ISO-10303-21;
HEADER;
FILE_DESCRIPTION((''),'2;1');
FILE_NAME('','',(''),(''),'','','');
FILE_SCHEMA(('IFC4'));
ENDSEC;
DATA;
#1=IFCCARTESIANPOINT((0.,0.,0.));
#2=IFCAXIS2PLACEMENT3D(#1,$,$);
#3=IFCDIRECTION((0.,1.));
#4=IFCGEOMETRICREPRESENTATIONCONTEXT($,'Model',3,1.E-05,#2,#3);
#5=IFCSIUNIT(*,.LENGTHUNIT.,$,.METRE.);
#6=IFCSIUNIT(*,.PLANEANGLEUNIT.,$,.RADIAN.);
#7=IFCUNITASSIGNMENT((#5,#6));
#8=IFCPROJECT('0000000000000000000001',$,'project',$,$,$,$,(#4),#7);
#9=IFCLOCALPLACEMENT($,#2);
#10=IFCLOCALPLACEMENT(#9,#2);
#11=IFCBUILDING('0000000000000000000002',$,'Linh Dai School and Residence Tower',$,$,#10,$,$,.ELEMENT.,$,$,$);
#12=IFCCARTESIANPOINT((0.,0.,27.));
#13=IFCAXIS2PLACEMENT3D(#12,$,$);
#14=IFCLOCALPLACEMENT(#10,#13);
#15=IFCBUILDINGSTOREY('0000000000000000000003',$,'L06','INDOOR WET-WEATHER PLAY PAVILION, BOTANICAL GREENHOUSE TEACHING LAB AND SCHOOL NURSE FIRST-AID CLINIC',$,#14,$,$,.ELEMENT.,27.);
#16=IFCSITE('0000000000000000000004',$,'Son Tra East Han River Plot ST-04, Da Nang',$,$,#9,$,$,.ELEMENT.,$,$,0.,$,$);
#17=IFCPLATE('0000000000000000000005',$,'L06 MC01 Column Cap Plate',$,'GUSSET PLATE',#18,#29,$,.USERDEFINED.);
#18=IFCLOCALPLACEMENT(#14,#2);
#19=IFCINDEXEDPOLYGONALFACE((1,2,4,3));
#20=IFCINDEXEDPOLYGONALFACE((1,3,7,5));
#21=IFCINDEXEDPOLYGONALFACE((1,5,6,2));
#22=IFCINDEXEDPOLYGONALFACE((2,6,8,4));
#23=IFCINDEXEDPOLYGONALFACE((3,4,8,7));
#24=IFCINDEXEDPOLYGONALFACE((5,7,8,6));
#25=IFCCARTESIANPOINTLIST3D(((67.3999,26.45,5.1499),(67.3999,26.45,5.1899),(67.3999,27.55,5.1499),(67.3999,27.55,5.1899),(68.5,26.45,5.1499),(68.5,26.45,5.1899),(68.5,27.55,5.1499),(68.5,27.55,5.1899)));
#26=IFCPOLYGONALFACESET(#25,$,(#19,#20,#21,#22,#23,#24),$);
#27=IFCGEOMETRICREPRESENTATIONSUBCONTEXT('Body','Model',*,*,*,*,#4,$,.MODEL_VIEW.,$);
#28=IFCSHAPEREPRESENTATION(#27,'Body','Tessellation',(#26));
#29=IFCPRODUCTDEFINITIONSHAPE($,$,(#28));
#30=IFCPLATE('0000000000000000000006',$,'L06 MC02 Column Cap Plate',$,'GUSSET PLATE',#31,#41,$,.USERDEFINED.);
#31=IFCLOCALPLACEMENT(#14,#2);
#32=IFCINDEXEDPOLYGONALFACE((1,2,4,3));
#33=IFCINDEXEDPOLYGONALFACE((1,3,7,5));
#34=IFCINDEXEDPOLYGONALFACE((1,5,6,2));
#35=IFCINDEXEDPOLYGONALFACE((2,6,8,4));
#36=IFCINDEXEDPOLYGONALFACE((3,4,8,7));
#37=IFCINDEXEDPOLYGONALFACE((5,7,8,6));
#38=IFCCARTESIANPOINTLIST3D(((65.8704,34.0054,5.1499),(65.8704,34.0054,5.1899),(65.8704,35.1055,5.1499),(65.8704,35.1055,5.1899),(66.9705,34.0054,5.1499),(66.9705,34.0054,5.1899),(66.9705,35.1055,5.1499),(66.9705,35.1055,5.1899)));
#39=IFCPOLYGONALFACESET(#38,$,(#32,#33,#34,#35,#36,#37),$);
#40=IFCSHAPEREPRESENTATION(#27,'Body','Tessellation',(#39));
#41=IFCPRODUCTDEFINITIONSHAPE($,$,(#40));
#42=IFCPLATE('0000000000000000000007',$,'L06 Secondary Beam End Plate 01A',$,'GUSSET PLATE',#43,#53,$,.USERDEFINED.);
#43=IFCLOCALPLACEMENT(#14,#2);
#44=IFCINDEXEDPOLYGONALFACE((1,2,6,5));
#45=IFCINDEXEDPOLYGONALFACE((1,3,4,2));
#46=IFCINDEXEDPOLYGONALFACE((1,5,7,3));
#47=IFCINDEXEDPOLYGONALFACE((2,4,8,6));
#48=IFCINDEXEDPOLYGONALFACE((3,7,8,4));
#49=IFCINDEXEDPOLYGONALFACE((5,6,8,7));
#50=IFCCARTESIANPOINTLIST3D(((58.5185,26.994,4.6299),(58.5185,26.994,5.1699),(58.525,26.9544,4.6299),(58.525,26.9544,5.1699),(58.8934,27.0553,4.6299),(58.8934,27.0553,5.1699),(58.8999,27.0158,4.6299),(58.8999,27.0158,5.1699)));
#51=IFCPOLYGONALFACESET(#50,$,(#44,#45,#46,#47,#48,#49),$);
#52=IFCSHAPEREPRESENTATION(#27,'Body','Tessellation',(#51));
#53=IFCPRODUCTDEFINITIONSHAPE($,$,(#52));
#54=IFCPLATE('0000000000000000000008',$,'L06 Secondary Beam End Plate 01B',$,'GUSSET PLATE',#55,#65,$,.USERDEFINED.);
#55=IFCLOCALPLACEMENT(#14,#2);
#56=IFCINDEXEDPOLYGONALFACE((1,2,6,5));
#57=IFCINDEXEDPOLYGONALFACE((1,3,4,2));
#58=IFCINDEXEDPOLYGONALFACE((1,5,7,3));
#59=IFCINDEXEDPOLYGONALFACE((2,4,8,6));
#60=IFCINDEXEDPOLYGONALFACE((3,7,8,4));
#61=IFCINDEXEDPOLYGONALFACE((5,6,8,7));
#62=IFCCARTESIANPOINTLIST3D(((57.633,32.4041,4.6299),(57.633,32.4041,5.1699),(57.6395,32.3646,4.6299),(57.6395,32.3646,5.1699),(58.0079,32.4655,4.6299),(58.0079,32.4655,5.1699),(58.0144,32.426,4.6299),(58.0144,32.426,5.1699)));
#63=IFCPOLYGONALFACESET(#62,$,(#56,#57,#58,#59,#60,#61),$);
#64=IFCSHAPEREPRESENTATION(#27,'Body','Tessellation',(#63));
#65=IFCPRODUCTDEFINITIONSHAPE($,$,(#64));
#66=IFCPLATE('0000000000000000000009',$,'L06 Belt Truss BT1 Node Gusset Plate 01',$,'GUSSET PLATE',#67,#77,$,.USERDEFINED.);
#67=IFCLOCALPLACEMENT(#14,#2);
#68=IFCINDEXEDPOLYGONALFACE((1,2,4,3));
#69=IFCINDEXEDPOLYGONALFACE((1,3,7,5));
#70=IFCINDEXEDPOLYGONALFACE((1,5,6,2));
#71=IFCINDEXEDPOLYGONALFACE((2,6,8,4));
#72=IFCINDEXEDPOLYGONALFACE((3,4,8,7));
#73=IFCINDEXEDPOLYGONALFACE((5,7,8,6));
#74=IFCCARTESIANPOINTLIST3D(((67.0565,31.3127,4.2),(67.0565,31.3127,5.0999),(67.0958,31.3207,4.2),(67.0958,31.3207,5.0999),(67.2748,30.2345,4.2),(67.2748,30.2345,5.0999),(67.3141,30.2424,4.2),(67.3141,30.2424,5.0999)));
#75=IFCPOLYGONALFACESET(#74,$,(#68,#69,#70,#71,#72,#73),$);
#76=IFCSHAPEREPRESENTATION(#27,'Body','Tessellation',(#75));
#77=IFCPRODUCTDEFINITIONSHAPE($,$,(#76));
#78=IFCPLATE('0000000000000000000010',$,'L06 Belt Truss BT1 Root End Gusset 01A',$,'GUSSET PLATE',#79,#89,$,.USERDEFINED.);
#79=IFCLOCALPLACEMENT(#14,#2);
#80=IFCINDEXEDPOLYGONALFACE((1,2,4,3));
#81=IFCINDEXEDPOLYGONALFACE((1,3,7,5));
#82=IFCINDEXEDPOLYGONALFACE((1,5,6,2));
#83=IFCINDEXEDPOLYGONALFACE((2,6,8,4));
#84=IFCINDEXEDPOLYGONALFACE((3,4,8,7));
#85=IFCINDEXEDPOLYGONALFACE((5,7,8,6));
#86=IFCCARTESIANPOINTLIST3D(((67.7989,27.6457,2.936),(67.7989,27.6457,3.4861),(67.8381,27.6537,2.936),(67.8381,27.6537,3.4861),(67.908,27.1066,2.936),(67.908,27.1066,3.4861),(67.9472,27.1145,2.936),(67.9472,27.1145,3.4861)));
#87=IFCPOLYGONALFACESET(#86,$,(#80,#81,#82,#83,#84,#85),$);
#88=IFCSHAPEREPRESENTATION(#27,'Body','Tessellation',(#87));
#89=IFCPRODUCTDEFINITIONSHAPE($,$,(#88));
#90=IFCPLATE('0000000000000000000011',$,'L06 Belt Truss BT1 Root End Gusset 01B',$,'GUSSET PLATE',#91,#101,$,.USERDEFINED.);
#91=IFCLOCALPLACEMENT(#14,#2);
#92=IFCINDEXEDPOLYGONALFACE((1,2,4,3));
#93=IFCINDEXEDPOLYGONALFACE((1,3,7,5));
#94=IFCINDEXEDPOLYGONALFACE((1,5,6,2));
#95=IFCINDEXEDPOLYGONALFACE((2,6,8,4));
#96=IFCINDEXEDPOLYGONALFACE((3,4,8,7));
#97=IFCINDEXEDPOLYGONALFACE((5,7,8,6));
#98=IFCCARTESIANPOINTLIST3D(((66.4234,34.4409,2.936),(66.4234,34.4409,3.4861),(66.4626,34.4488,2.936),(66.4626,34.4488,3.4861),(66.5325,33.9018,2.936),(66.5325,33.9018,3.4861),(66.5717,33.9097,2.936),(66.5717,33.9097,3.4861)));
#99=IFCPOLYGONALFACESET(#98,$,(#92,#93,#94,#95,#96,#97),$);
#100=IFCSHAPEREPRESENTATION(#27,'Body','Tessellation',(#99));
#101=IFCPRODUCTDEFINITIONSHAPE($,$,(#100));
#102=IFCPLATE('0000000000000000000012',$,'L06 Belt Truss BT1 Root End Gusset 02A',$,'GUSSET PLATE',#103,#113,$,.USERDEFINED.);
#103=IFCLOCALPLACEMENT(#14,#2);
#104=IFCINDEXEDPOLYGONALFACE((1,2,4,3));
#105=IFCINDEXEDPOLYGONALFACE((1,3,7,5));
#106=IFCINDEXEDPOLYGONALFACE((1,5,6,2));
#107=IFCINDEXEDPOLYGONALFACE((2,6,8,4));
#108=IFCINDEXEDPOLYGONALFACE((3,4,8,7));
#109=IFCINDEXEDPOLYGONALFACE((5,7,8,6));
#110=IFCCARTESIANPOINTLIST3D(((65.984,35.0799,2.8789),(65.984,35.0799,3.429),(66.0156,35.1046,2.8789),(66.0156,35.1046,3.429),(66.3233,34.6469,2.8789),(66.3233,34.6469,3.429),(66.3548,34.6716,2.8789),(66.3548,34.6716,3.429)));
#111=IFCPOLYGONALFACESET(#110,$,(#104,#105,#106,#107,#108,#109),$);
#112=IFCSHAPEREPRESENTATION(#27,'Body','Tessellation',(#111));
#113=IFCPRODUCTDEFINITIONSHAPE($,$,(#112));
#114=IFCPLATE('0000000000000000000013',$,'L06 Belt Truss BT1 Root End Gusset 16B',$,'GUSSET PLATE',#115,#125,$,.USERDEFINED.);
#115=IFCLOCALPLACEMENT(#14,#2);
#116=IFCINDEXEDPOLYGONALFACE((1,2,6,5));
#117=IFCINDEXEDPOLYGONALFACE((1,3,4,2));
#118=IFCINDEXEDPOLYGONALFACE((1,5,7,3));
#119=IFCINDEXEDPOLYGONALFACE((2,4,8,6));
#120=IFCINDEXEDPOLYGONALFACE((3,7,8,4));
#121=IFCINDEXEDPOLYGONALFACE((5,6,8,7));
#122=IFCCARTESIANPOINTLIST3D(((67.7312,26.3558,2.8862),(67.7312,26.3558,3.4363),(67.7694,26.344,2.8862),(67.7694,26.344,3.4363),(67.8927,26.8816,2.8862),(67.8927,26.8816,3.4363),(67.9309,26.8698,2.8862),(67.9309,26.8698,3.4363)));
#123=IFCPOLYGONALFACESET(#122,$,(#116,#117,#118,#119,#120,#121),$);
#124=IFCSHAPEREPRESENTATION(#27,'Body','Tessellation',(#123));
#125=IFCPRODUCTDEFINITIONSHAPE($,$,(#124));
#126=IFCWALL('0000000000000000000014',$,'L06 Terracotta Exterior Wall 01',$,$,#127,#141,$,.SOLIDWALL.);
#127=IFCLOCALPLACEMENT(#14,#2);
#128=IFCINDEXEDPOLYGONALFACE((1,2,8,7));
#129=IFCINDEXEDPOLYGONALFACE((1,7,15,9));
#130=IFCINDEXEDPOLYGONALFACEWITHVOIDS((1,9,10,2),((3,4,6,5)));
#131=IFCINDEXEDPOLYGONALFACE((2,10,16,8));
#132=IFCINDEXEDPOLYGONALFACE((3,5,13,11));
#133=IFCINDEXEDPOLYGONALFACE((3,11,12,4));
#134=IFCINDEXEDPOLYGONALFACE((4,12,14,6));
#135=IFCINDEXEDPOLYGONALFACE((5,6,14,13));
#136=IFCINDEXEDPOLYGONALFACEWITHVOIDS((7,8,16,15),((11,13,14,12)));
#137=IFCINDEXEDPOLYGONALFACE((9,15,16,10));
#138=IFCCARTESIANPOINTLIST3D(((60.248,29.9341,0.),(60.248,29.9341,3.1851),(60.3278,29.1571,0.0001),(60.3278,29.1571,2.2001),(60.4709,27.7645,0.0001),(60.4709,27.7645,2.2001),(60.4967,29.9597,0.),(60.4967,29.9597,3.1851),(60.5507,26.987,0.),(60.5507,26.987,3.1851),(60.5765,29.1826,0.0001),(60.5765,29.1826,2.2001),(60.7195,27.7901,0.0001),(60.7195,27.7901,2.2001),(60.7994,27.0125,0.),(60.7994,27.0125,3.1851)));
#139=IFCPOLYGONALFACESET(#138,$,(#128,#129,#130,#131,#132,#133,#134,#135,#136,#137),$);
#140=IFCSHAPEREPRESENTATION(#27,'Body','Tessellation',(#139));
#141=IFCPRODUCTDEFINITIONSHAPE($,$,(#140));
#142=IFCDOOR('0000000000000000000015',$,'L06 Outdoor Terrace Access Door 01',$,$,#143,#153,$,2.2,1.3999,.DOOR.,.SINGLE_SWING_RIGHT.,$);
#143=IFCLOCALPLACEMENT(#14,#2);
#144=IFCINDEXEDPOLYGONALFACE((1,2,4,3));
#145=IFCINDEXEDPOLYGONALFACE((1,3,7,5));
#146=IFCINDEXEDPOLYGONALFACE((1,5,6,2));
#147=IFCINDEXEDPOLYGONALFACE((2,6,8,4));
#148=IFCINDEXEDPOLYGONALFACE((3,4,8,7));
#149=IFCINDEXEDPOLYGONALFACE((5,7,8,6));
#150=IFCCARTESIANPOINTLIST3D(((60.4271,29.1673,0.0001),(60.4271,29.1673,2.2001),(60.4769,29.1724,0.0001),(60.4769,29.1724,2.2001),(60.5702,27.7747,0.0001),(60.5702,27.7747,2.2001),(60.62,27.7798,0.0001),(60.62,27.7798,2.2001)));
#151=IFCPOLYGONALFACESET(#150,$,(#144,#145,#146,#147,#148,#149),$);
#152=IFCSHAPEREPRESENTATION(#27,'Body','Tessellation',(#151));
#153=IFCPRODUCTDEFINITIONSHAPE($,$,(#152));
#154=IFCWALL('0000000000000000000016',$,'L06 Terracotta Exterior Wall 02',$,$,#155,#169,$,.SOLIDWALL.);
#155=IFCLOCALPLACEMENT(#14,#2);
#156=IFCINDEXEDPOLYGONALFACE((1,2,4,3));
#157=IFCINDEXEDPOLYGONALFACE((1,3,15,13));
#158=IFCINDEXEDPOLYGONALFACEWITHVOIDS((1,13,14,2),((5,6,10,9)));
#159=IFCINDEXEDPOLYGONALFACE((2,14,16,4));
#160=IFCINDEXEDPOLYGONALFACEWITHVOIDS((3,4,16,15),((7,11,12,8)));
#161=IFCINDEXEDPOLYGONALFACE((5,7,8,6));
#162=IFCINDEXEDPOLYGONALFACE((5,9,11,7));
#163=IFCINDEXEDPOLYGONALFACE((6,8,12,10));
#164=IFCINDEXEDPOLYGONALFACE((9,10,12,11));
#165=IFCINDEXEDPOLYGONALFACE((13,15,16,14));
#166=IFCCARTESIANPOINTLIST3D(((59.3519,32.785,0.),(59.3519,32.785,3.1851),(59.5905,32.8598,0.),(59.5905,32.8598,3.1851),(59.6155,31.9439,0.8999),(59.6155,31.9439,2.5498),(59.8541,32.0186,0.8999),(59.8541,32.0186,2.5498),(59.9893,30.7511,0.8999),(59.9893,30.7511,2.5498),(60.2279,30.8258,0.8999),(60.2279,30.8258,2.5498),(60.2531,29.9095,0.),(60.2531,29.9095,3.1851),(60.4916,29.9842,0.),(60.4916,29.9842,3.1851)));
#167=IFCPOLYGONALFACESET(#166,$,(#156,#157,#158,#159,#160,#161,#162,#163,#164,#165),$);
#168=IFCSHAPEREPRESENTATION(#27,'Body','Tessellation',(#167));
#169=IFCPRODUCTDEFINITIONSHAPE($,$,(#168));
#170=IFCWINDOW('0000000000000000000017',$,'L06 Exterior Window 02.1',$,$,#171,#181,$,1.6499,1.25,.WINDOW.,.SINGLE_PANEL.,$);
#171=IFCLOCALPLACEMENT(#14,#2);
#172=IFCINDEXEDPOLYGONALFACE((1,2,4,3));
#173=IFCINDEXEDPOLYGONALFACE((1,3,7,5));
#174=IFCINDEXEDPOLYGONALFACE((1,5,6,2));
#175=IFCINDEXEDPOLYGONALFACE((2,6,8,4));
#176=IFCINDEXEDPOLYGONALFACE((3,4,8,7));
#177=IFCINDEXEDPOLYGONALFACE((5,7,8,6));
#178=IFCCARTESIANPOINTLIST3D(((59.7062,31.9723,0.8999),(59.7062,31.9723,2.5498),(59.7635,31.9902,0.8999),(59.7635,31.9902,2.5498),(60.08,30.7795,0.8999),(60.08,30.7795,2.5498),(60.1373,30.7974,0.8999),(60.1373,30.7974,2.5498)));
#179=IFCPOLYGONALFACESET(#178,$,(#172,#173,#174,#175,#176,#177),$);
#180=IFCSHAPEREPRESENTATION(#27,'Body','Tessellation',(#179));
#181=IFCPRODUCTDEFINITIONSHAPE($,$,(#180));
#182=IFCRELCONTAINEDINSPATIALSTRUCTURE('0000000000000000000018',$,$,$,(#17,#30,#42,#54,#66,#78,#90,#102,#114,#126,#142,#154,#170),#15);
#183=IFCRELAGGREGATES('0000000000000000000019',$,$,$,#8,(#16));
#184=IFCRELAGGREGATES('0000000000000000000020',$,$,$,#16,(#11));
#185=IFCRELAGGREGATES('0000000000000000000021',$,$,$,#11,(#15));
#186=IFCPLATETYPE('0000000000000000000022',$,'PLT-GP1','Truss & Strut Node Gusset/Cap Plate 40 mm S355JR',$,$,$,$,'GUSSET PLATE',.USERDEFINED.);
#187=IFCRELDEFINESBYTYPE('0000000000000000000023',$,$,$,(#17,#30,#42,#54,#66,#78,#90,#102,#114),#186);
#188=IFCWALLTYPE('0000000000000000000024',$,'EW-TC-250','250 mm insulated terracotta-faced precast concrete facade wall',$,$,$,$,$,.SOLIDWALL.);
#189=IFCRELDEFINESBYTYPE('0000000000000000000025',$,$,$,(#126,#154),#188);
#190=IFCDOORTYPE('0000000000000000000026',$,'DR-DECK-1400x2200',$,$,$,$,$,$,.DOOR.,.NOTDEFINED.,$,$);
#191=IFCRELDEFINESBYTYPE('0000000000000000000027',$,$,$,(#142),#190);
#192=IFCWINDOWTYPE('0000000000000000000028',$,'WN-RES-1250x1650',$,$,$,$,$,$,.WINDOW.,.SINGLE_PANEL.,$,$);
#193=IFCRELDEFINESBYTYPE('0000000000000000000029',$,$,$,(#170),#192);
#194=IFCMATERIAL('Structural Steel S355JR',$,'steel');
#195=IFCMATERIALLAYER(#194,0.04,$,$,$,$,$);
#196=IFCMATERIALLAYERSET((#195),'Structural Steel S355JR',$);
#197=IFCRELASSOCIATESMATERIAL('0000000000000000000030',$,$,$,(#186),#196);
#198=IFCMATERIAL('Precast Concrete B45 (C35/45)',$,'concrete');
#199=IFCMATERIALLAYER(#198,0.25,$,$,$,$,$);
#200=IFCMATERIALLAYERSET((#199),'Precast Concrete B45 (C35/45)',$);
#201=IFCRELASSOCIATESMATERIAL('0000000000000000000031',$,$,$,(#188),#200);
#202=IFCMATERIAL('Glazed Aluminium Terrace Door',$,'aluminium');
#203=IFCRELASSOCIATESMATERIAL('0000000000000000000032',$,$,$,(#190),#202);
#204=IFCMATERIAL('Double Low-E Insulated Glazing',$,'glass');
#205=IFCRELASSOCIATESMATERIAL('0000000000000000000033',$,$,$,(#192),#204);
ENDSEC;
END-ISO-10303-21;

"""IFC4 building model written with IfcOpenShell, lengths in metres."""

from ifc_helpers import new_model, si_unit, direction, frame, frame_2d, origin, origin_2d, place, context, subcontext, project, spatial, rectangle, extrude, source, transform, mapped, material, layer, layer_set, type_object, element, fill, save


model = new_model("IFC4")

# Units and contexts
model_context = context("Model", 3, precision=1e-05, world=origin(), true_north=direction((0.0, 1.0)))
body_context = subcontext(model_context, "Body", "Model", "MODEL_VIEW")
ifc_project = project(units=[si_unit("LENGTHUNIT", "METRE"), si_unit("PLANEANGLEUNIT", "RADIAN")], contexts=[model_context])

# Site, building, storey
site_placement = place(None, origin())
site = spatial("IfcSite", under=ifc_project, at=site_placement, Name="Son Tra East Han River Plot ST-04, Da Nang", CompositionType="ELEMENT", RefElevation=0.0)
building_placement = place(site_placement, origin())
building = spatial("IfcBuilding", under=site, at=building_placement, Name="Linh Dai School and Residence Tower", CompositionType="ELEMENT")
storey_placement = place(building_placement, frame((0.0, 0.0, 27.0)))
storey = spatial("IfcBuildingStorey", under=building, at=storey_placement, Name="L06", Description="INDOOR WET-WEATHER PLAY PAVILION, BOTANICAL GREENHOUSE TEACHING LAB AND SCHOOL NURSE FIRST-AID CLINIC", CompositionType="ELEMENT", Elevation=27.0)

# Shared definitions
ifc_material_1 = material(Name="Structural Steel S355JR", Category="steel")

# Plates
ifc_layer_1 = layer(ifc_material_1, 0.04)
ifc_layer_set_1 = layer_set([ifc_layer_1], Name="Structural Steel S355JR")
plate_type = type_object("IfcPlateType", Name="PLT-GP1", Description="Truss & Strut Node Gusset/Cap Plate 40 mm S355JR", ElementType="GUSSET PLATE", PredefinedType="USERDEFINED", material=ifc_layer_set_1)
shared_shape_1 = source(origin(), body_context, "Body", "SweptSolid", [
    extrude(rectangle(XDim=1.1001, YDim=1.1001, at=origin_2d()), origin(), (0.0, 0.0, 1.0), 0.04),
])
for number, where, z_axis, x_axis, name in (
    (1, (67.95, 27.0, 5.1499), (0.0, 0.0, 1.0), (1.0, 0.0, 0.0), "L06 MC01 Column Cap Plate"),
    (2, (66.4204, 34.5554, 5.1499), (0.0, 0.0, 1.0), (1.0, 0.0, 0.0), "L06 MC02 Column Cap Plate"),
):
    element("IfcPlate", number, at=place(storey_placement, frame(where, z_axis=z_axis, x_axis=x_axis)), inside=storey, type_object=plate_type, Name=name, ObjectType="GUSSET PLATE", PredefinedType="USERDEFINED", context=body_context, shape_type="MappedRepresentation", body=[
        mapped(shared_shape_1, transform((0.0, 0.0, 0.0), x_axis=(1.0, 0.0, 0.0), y_axis=(0.0, 1.0, 0.0), z_axis=(0.0, 0.0, 1.0), scale=1.0)),
    ])
shared_shape_2 = source(origin(), body_context, "Body", "SweptSolid", [
    extrude(rectangle(XDim=0.04, YDim=0.3799, at=origin_2d()), origin(), (0.0, 0.0, 1.0), 0.54),
])
for number, where, z_axis, x_axis, name in (
    (3, (58.7092, 27.0049, 4.6299), (0.0, 0.0, 1.0), (-0.161522, 0.986869, 0.0), "L06 Secondary Beam End Plate 01A"),
    (4, (57.8237, 32.415, 4.6299), (0.0, 0.0, 1.0), (-0.161522, 0.986869, 0.0), "L06 Secondary Beam End Plate 01B"),
):
    element("IfcPlate", number, at=place(storey_placement, frame(where, z_axis=z_axis, x_axis=x_axis)), inside=storey, type_object=plate_type, Name=name, ObjectType="GUSSET PLATE", PredefinedType="USERDEFINED", context=body_context, shape_type="MappedRepresentation", body=[
        mapped(shared_shape_2, transform((0.0, 0.0, 0.0), x_axis=(1.0, 0.0, 0.0), y_axis=(0.0, 1.0, 0.0), z_axis=(0.0, 0.0, 1.0), scale=1.0)),
    ])
shared_shape_3 = source(origin(), body_context, "Body", "SweptSolid", [
    extrude(rectangle(XDim=1.1001, YDim=0.04, at=origin_2d()), origin(), (0.0, 0.0, 1.0), 0.8999),
])
plate_placement = place(storey_placement, frame((67.1853, 30.7776, 4.2), z_axis=(0.0, 0.0, 1.0), x_axis=(-0.198412, 0.980119, 0.0)))
element("IfcPlate", 5, at=plate_placement, inside=storey, type_object=plate_type, Name="L06 Belt Truss BT1 Node Gusset Plate 01", ObjectType="GUSSET PLATE", PredefinedType="USERDEFINED", context=body_context, shape_type="MappedRepresentation", body=[
    mapped(shared_shape_3, transform((0.0, 0.0, 0.0), x_axis=(1.0, 0.0, 0.0), y_axis=(0.0, 1.0, 0.0), z_axis=(0.0, 0.0, 1.0), scale=1.0)),
])
shared_shape_4 = source(origin(), body_context, "Body", "SweptSolid", [
    extrude(rectangle(XDim=0.55, YDim=0.04, at=origin_2d()), origin(), (0.0, 0.0, 1.0), 0.55),
])
for number, where, z_axis, x_axis, name in (
    (6, (67.873, 27.3801, 2.936), (0.0, 0.0, 1.0), (-0.198412, 0.980119, 0.0), "L06 Belt Truss BT1 Root End Gusset 01A"),
    (7, (66.4976, 34.1753, 2.936), (0.0, 0.0, 1.0), (-0.198412, 0.980119, 0.0), "L06 Belt Truss BT1 Root End Gusset 01B"),
    (8, (66.1694, 34.8757, 2.8789), (0.0, 0.0, 1.0), (-0.616819, 0.787105, 0.0), "L06 Belt Truss BT1 Root End Gusset 02A"),
    (9, (67.8311, 26.6128, 2.8862), (0.0, 0.0, 1.0), (0.293628, 0.95592, 0.0), "L06 Belt Truss BT1 Root End Gusset 16B"),
):
    element("IfcPlate", number, at=place(storey_placement, frame(where, z_axis=z_axis, x_axis=x_axis)), inside=storey, type_object=plate_type, Name=name, ObjectType="GUSSET PLATE", PredefinedType="USERDEFINED", context=body_context, shape_type="MappedRepresentation", body=[
        mapped(shared_shape_4, transform((0.0, 0.0, 0.0), x_axis=(1.0, 0.0, 0.0), y_axis=(0.0, 1.0, 0.0), z_axis=(0.0, 0.0, 1.0), scale=1.0)),
    ])

# Wall, opening, door
ifc_material_2 = material(Name="Precast Concrete B45 (C35/45)", Category="concrete")
ifc_layer_2 = layer(ifc_material_2, 0.25)
ifc_layer_set_2 = layer_set([ifc_layer_2], Name="Precast Concrete B45 (C35/45)")
wall_type = type_object("IfcWallType", Name="EW-TC-250", Description="250 mm insulated terracotta-faced precast concrete facade wall", PredefinedType="SOLIDWALL", material=ifc_layer_set_2)
wall_1_placement = place(storey_placement, frame((60.3723, 29.947, 0.0), z_axis=(0.0, 0.0, 1.0), x_axis=(0.102188, -0.994765, 0.0)))
wall_1 = element("IfcWall", 10, at=wall_1_placement, inside=storey, type_object=wall_type, Name="L06 Terracotta Exterior Wall 01", PredefinedType="SOLIDWALL", context=body_context, shape_type="SweptSolid", body=[
    extrude(rectangle(XDim=2.9626, YDim=0.25, at=frame_2d((1.4814, 0.0))), origin(), (0.0, 0.0, 1.0), 3.1851),
])
opening_1_placement = place(wall_1_placement, frame((0.7812, 0.0, 0.0)))
opening_1 = element("IfcOpeningElement", 11, at=opening_1_placement, cuts=wall_1, PredefinedType="OPENING", context=body_context, shape_type="SweptSolid", body=[
    extrude(rectangle(XDim=1.3999, YDim=2.2, at=origin_2d()), frame((0.7, 0.135, 1.1001), z_axis=(0.0, -1.0, 0.0), x_axis=(1.0, 0.0, 0.0)), (0.0, 0.0, 1.0), 0.27),
])
ifc_material_3 = material(Name="Glazed Aluminium Terrace Door", Category="aluminium")
door_type = type_object("IfcDoorType", Name="DR-DECK-1400x2200", OperationType="NOTDEFINED", PredefinedType="DOOR", material=ifc_material_3)
shared_shape_5 = source(origin(), body_context, "Body", "SweptSolid", [
    extrude(rectangle(XDim=1.3999, YDim=2.2, at=origin_2d()), frame((0.7, 0.0249, 1.1001), z_axis=(0.0, -1.0, 0.0), x_axis=(1.0, 0.0, 0.0)), (0.0, 0.0, 1.0), 0.05),
])
door_placement = place(opening_1_placement, origin())
door = element("IfcDoor", 12, at=door_placement, inside=storey, type_object=door_type, Name="L06 Outdoor Terrace Access Door 01", OperationType="SINGLE_SWING_RIGHT", OverallHeight=2.2, OverallWidth=1.3999, PredefinedType="DOOR", context=body_context, shape_type="MappedRepresentation", body=[
    mapped(shared_shape_5, transform((0.0, 0.0, 0.0), x_axis=(1.0, 0.0, 0.0), y_axis=(0.0, 1.0, 0.0), z_axis=(0.0, 0.0, 1.0), scale=1.0)),
])
fill(opening_1, door)

# Wall, opening, window
wall_2_placement = place(storey_placement, frame((59.4712, 32.8225, 0.0), z_axis=(0.0, 0.0, 1.0), x_axis=(0.299041, -0.95424, 0.0)))
wall_2 = element("IfcWall", 13, at=wall_2_placement, inside=storey, type_object=wall_type, Name="L06 Terracotta Exterior Wall 02", PredefinedType="SOLIDWALL", context=body_context, shape_type="SweptSolid", body=[
    extrude(rectangle(XDim=3.0134, YDim=0.25, at=frame_2d((1.5068, 0.0))), origin(), (0.0, 0.0, 1.0), 3.1851),
])
opening_2_placement = place(wall_2_placement, frame((0.8816, 0.0, 0.8999)))
opening_2 = element("IfcOpeningElement", 14, at=opening_2_placement, cuts=wall_2, PredefinedType="OPENING", context=body_context, shape_type="SweptSolid", body=[
    extrude(rectangle(XDim=1.25, YDim=1.6499, at=origin_2d()), frame((0.625, 0.135, 0.825), z_axis=(0.0, -1.0, 0.0), x_axis=(1.0, 0.0, 0.0)), (0.0, 0.0, 1.0), 0.27),
])
ifc_material_4 = material(Name="Double Low-E Insulated Glazing", Category="glass")
window_type = type_object("IfcWindowType", Name="WN-RES-1250x1650", PartitioningType="SINGLE_PANEL", PredefinedType="WINDOW", material=ifc_material_4)
shared_shape_6 = source(origin(), body_context, "Body", "SweptSolid", [
    extrude(rectangle(XDim=1.25, YDim=1.6499, at=origin_2d()), frame((0.625, 0.03, 0.825), z_axis=(0.0, -1.0, 0.0), x_axis=(1.0, 0.0, 0.0)), (0.0, 0.0, 1.0), 0.0601),
])
window_1_placement = place(opening_2_placement, origin())
window_1 = element("IfcWindow", 15, at=window_1_placement, inside=storey, type_object=window_type, Name="L06 Exterior Window 02.1", OverallHeight=1.6499, OverallWidth=1.25, PartitioningType="SINGLE_PANEL", PredefinedType="WINDOW", context=body_context, shape_type="MappedRepresentation", body=[
    mapped(shared_shape_6, transform((0.0, 0.0, 0.0), x_axis=(1.0, 0.0, 0.0), y_axis=(0.0, 1.0, 0.0), z_axis=(0.0, 0.0, 1.0), scale=1.0)),
])
fill(opening_2, window_1)

save(model, "model.ifc")
